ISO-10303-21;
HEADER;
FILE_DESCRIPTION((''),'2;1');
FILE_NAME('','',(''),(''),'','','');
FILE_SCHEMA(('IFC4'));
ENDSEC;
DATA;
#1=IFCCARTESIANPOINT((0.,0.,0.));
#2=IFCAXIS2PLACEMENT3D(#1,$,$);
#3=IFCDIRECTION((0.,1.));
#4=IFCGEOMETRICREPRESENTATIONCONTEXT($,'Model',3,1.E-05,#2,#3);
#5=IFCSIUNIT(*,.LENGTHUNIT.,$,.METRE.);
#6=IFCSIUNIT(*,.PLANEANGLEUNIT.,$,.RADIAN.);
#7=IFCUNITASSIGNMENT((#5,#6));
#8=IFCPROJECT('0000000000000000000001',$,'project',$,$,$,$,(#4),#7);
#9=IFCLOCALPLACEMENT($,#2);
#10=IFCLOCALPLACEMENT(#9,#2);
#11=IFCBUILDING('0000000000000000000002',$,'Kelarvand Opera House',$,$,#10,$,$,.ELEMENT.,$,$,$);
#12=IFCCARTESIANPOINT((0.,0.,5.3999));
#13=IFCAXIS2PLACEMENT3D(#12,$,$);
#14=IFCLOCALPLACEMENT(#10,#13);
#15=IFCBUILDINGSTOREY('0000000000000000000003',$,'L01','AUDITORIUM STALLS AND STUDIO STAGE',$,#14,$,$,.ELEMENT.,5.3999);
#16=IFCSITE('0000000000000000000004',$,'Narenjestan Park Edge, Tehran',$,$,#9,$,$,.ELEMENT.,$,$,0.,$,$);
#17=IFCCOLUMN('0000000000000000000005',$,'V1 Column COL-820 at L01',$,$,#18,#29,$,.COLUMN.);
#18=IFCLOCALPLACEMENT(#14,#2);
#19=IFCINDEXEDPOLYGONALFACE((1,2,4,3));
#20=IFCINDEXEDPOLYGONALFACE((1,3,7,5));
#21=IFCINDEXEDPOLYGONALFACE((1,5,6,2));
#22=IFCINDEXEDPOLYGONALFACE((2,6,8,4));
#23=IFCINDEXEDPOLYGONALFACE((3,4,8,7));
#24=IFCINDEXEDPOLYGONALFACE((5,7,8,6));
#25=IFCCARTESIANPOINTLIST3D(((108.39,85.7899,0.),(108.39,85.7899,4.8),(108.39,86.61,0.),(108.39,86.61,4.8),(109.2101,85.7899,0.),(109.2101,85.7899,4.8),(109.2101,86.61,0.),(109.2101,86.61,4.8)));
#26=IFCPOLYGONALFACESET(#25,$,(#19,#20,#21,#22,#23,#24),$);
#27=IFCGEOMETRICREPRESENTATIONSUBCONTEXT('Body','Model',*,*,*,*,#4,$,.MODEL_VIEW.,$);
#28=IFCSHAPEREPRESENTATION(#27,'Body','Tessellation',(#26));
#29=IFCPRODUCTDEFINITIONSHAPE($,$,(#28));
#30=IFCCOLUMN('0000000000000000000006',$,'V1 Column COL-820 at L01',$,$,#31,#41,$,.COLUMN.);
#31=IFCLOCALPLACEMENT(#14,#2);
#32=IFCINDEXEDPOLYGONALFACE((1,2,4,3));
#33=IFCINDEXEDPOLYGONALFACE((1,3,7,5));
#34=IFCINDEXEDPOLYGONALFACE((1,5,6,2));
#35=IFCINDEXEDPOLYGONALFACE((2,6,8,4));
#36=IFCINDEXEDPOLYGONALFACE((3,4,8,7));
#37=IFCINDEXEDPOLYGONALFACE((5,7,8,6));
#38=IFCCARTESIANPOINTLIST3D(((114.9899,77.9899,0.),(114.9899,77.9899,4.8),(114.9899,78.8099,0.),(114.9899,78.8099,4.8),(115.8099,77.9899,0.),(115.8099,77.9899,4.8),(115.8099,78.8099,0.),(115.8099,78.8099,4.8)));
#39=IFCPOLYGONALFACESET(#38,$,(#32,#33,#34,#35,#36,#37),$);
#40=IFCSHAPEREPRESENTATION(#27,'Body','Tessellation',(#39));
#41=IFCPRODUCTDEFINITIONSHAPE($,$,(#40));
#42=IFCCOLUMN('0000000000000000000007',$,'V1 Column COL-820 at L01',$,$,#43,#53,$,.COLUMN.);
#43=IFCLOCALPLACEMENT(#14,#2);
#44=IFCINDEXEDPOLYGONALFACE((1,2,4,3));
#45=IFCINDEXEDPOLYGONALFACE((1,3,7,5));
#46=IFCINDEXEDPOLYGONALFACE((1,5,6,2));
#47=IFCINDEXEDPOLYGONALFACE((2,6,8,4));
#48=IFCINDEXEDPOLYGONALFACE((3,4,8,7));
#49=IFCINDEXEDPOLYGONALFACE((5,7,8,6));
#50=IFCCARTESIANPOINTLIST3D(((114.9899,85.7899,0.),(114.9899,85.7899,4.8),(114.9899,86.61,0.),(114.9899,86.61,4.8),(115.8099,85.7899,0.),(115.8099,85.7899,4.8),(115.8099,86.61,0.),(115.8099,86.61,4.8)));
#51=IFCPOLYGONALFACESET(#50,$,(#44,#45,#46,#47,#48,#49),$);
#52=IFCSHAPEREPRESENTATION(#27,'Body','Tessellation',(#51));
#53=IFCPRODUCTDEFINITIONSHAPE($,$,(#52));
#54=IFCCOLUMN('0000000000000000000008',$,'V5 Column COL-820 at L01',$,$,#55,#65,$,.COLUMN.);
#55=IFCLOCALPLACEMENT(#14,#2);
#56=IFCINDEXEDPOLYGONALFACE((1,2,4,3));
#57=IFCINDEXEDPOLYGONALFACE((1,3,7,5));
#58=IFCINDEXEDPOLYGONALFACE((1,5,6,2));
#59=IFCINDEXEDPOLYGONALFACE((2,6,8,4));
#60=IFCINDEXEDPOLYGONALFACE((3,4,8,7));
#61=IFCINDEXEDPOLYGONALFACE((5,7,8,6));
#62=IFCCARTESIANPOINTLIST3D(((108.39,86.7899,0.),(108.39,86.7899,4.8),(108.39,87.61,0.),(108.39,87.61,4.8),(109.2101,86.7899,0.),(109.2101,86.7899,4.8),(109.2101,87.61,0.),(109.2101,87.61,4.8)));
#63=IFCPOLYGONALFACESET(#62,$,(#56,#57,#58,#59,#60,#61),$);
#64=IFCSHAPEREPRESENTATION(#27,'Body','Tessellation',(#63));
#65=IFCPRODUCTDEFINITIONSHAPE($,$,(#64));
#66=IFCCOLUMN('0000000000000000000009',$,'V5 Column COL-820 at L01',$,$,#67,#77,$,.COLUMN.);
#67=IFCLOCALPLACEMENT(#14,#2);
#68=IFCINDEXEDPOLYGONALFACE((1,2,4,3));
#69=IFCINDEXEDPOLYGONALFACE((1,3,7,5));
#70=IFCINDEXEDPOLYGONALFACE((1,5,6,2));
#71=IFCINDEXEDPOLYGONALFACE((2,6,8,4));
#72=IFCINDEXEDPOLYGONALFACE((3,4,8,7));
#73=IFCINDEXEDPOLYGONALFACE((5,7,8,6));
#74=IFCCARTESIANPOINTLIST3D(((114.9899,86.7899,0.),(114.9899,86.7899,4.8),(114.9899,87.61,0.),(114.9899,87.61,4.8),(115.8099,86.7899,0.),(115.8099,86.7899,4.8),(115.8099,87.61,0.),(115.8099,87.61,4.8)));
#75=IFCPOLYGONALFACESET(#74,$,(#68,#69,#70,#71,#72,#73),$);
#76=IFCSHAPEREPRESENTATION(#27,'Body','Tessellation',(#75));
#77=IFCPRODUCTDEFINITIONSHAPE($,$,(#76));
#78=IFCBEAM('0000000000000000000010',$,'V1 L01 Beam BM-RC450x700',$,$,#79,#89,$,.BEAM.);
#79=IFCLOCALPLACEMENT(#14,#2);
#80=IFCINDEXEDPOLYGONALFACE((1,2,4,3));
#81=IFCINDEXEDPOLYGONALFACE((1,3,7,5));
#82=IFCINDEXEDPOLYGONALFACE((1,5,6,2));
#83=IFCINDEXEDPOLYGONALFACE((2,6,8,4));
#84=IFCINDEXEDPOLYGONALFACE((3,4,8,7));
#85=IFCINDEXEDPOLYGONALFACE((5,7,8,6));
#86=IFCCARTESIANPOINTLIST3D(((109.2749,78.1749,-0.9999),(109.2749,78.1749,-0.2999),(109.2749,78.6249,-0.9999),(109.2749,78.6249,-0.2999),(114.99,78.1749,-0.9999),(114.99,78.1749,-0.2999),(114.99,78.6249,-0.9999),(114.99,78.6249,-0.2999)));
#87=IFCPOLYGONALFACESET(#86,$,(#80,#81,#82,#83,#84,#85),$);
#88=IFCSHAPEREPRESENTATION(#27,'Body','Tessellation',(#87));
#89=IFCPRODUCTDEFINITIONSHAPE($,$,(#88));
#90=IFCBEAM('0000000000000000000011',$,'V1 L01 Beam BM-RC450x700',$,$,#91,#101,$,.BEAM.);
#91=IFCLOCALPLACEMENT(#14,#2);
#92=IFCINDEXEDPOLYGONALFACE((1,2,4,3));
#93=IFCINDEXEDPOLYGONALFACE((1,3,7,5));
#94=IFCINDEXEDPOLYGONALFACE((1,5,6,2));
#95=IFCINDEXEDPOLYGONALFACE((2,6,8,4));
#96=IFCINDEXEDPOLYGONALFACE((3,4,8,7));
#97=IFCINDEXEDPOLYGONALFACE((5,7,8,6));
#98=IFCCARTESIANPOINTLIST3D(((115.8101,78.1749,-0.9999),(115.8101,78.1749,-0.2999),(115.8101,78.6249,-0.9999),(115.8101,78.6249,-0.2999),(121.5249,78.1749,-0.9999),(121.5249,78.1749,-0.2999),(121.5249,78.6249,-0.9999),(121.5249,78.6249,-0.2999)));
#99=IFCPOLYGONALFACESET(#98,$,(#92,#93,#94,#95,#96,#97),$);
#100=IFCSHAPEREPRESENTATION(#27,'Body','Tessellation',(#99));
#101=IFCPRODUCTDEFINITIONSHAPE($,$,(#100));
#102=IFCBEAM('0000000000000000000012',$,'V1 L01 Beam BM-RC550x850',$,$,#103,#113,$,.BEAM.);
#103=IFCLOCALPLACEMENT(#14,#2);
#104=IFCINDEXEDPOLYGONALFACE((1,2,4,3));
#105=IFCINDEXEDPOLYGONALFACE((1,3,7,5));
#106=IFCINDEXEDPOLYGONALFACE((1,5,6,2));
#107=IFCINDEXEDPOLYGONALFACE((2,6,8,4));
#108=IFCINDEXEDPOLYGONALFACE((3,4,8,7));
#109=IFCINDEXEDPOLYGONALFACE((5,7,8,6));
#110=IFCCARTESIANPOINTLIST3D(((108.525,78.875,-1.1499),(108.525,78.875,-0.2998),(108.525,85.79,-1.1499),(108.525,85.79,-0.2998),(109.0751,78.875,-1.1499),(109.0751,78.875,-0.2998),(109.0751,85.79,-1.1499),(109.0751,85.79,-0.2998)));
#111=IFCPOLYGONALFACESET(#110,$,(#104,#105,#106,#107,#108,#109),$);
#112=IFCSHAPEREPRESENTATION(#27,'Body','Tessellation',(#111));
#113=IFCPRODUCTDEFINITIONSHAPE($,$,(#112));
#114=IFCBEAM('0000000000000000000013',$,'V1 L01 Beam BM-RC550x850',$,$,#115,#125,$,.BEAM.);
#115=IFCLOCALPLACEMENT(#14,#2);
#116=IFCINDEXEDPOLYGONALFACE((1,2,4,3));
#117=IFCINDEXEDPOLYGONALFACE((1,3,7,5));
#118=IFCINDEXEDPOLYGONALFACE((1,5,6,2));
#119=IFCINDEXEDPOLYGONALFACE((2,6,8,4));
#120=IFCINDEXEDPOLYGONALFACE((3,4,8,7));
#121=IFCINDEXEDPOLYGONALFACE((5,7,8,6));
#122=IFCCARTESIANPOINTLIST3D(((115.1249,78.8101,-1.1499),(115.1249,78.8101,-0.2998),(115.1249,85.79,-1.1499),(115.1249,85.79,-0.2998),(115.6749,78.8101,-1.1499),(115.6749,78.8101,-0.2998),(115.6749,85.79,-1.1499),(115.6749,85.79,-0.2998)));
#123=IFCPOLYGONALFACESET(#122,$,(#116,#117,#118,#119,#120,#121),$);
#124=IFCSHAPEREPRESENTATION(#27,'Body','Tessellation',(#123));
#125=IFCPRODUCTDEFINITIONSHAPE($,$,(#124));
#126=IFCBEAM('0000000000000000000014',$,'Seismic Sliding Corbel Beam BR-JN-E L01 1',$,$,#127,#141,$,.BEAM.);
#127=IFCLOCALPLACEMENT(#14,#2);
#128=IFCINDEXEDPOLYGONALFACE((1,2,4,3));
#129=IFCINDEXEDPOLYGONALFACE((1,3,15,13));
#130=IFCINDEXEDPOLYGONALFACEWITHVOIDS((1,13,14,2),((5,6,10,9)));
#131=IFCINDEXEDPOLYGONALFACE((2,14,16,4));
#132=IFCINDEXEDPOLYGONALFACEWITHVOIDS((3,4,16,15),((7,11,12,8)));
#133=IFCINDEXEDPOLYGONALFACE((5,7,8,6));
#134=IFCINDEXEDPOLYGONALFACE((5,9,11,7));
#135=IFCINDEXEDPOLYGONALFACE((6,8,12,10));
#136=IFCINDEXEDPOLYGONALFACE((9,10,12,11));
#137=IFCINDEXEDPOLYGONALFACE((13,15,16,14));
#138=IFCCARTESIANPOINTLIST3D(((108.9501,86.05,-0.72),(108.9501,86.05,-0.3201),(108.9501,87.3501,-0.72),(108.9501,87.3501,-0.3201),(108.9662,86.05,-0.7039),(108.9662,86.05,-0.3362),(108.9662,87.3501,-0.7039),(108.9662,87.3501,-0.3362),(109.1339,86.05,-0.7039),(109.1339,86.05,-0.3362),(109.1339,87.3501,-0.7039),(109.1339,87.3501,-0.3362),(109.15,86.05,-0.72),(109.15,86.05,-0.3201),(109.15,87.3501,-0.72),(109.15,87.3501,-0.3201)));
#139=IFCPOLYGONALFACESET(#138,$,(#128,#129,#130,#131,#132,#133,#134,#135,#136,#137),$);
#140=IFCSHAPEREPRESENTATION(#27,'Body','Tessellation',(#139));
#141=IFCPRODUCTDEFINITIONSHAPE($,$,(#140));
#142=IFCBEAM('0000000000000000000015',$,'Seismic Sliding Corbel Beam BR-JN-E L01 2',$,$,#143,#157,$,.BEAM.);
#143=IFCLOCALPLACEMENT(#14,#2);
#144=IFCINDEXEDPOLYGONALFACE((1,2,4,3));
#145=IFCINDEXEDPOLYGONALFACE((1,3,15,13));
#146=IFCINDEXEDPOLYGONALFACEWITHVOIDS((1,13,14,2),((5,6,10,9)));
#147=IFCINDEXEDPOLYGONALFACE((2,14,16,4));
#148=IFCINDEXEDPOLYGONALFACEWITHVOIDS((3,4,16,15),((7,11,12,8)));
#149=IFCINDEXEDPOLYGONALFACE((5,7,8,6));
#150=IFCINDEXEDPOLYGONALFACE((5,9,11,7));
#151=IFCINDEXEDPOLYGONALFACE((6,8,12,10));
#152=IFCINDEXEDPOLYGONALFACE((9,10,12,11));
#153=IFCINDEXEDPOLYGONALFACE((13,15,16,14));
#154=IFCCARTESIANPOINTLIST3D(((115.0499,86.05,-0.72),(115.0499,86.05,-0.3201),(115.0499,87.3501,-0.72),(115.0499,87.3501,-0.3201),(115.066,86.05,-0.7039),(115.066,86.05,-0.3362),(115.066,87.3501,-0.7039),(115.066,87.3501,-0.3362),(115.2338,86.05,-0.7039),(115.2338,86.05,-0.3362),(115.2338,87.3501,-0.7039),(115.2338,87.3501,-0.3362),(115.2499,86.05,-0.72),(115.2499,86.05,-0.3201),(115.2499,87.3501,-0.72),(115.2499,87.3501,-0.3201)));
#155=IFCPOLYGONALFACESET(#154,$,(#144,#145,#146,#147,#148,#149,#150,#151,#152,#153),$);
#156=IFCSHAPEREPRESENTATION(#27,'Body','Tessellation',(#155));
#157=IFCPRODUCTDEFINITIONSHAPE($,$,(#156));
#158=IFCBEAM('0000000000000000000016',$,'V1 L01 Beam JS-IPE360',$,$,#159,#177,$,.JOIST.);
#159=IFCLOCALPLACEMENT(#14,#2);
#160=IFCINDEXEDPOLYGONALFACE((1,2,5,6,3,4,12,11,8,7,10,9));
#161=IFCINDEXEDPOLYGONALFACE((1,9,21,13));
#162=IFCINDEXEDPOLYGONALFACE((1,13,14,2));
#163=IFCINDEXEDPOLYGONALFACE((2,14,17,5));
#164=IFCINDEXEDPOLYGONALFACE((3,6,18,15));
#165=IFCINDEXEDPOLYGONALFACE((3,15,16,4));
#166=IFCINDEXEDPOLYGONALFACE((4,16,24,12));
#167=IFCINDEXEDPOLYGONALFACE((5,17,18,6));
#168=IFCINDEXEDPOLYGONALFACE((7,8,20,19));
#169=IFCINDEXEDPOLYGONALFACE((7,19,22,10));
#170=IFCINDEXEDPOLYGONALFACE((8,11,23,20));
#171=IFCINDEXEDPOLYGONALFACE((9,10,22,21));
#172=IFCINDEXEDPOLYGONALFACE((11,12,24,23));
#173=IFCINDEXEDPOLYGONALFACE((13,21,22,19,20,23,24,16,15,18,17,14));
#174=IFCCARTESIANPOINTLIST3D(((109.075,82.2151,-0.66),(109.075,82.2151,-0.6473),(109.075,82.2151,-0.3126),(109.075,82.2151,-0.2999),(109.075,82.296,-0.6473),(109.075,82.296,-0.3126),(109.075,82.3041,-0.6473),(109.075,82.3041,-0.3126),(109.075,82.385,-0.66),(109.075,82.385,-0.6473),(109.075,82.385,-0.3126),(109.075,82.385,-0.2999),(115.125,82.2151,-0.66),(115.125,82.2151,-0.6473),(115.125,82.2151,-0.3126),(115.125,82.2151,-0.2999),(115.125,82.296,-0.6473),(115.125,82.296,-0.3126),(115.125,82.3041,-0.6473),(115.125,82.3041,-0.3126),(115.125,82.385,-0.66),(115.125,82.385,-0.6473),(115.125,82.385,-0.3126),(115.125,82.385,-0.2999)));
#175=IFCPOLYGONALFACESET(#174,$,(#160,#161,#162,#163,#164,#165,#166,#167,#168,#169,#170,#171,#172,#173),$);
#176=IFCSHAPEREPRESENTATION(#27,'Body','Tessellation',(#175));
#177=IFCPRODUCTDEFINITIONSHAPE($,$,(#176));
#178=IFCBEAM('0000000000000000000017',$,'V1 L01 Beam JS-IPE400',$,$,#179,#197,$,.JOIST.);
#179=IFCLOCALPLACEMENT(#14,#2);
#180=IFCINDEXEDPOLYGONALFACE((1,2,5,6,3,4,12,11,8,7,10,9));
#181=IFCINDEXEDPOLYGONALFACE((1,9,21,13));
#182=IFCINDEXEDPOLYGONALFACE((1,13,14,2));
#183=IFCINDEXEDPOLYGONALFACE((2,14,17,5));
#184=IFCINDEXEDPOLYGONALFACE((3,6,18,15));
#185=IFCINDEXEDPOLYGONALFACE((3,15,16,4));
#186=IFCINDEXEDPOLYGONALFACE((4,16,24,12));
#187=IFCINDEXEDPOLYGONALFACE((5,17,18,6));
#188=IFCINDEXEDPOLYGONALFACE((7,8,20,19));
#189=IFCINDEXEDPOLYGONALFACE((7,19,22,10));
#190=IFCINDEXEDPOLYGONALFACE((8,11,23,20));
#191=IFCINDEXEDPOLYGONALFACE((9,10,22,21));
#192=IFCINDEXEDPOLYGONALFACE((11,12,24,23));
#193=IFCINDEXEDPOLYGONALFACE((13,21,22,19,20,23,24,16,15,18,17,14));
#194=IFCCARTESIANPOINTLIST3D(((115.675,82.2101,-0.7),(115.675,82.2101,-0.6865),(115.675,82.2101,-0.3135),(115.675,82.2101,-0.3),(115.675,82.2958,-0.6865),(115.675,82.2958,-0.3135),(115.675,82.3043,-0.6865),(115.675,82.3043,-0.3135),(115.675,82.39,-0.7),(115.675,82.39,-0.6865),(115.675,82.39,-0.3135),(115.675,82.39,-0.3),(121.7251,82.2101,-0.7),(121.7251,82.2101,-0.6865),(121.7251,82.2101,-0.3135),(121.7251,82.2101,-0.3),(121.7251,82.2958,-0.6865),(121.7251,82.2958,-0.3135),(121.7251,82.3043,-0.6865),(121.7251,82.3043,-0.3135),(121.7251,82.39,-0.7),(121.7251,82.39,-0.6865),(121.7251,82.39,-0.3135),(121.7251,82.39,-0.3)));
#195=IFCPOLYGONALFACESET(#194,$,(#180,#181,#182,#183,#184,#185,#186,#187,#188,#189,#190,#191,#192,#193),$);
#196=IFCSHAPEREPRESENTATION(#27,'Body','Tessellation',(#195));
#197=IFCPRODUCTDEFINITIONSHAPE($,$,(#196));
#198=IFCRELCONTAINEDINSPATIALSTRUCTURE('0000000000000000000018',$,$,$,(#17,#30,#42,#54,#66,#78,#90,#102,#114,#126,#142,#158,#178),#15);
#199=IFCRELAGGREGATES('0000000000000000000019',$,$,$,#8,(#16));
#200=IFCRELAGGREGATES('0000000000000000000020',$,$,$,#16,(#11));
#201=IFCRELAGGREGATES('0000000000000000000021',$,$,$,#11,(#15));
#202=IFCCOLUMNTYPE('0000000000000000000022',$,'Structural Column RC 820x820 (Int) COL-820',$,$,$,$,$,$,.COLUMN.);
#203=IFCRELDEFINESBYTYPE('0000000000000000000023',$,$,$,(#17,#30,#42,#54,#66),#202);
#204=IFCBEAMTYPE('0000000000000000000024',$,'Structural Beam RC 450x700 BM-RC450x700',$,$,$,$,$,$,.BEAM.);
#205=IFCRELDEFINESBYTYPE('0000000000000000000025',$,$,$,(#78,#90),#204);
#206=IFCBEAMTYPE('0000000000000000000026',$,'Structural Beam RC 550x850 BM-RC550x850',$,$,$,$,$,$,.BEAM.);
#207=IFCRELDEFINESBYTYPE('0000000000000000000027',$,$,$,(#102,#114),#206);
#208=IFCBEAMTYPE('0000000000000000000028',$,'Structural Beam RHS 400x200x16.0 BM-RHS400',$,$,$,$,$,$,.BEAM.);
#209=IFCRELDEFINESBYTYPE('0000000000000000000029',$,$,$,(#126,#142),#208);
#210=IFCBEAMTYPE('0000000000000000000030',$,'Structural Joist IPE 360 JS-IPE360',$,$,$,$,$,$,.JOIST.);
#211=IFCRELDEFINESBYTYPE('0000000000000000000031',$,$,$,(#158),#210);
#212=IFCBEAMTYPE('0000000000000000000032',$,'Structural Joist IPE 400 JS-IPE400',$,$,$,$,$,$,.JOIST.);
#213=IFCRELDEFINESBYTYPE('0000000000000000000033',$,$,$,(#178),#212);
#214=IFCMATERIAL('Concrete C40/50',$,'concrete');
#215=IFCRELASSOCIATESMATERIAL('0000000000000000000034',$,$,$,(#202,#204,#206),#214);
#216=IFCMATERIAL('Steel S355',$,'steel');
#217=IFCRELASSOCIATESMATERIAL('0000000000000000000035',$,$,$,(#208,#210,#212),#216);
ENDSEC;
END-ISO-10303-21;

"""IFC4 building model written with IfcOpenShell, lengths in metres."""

from ifc_helpers import new_model, si_unit, direction, frame, origin, origin_2d, place, context, subcontext, project, spatial, rectangle, hollow_rectangle, i_section, extrude, material, material_profile, profile_set, type_object, element, save


model = new_model("IFC4")

# Units and contexts
model_context = context("Model", 3, precision=1e-05, world=origin(), true_north=direction((0.0, 1.0)))
body_context = subcontext(model_context, "Body", "Model", "MODEL_VIEW")
ifc_project = project(units=[si_unit("LENGTHUNIT", "METRE"), si_unit("PLANEANGLEUNIT", "RADIAN")], contexts=[model_context])

# Site, building, storey
site_placement = place(None, origin())
site = spatial("IfcSite", under=ifc_project, at=site_placement, Name="Narenjestan Park Edge, Tehran", CompositionType="ELEMENT", RefElevation=0.0)
building_placement = place(site_placement, origin())
building = spatial("IfcBuilding", under=site, at=building_placement, Name="Kelarvand Opera House", CompositionType="ELEMENT")
storey_placement = place(building_placement, frame((0.0, 0.0, 5.3999)))
storey = spatial("IfcBuildingStorey", under=building, at=storey_placement, Name="L01", Description="AUDITORIUM STALLS AND STUDIO STAGE", CompositionType="ELEMENT", Elevation=5.3999)

# Columns
ifc_material_1 = material(Name="Concrete C40/50", Category="concrete")
ifc_material_profile_1 = material_profile(ifc_material_1, rectangle(XDim=0.8201, YDim=0.8201, at=origin_2d()), Name="RC 820x820", Category="concrete")
ifc_profile_set_1 = profile_set([ifc_material_profile_1], Name="Concrete C40/50")
column_type = type_object("IfcColumnType", Name="Structural Column RC 820x820 (Int) COL-820", PredefinedType="COLUMN", material=ifc_profile_set_1)
for number, where, z_axis, x_axis, name in (
    (1, (108.8, 86.2, 0.0), (0.0, 0.0, 1.0), (1.0, 0.0, 0.0), "V1 Column COL-820 at L01"),
    (2, (115.3999, 78.3999, 0.0), (0.0, 0.0, 1.0), (1.0, 0.0, 0.0), "V1 Column COL-820 at L01"),
    (3, (115.3999, 86.2, 0.0), (0.0, 0.0, 1.0), (1.0, 0.0, 0.0), "V1 Column COL-820 at L01"),
    (4, (108.8, 87.2, 0.0), (0.0, 0.0, 1.0), (1.0, 0.0, 0.0), "V5 Column COL-820 at L01"),
    (5, (115.3999, 87.2, 0.0), (0.0, 0.0, 1.0), (1.0, 0.0, 0.0), "V5 Column COL-820 at L01"),
):
    element("IfcColumn", number, at=place(storey_placement, frame(where, z_axis=z_axis, x_axis=x_axis)), inside=storey, type_object=column_type, Name=name, PredefinedType="COLUMN", context=body_context, shape_type="SweptSolid", body=[
        extrude(rectangle(XDim=0.8201, YDim=0.8201, at=origin_2d()), origin(), (0.0, 0.0, 1.0), 4.8),
    ])

# Beams
ifc_material_profile_2 = material_profile(ifc_material_1, rectangle(XDim=0.45, YDim=0.7, at=origin_2d()), Name="RC 450x700", Category="concrete")
ifc_profile_set_2 = profile_set([ifc_material_profile_2], Name="Concrete C40/50")
beam_type_1 = type_object("IfcBeamType", Name="Structural Beam RC 450x700 BM-RC450x700", PredefinedType="BEAM", material=ifc_profile_set_2)
beam_1_placement = place(storey_placement, frame((109.2749, 78.3999, -0.6499), z_axis=(1.0, 0.0, 0.0), x_axis=(0.0, 1.0, 0.0)))
element("IfcBeam", 6, at=beam_1_placement, inside=storey, type_object=beam_type_1, Name="V1 L01 Beam BM-RC450x700", PredefinedType="BEAM", context=body_context, shape_type="SweptSolid", body=[
    extrude(rectangle(XDim=0.45, YDim=0.7, at=origin_2d()), origin(), (0.0, 0.0, 1.0), 5.7151),
])
beam_2_placement = place(storey_placement, frame((115.8101, 78.3999, -0.6499), z_axis=(1.0, 0.0, 0.0), x_axis=(0.0, 1.0, 0.0)))
element("IfcBeam", 7, at=beam_2_placement, inside=storey, type_object=beam_type_1, Name="V1 L01 Beam BM-RC450x700", PredefinedType="BEAM", context=body_context, shape_type="SweptSolid", body=[
    extrude(rectangle(XDim=0.45, YDim=0.7, at=origin_2d()), origin(), (0.0, 0.0, 1.0), 5.7148),
])
ifc_material_profile_3 = material_profile(ifc_material_1, rectangle(XDim=0.55, YDim=0.8501, at=origin_2d()), Name="RC 550x850", Category="concrete")
ifc_profile_set_3 = profile_set([ifc_material_profile_3], Name="Concrete C40/50")
beam_type_2 = type_object("IfcBeamType", Name="Structural Beam RC 550x850 BM-RC550x850", PredefinedType="BEAM", material=ifc_profile_set_3)
beam_3_placement = place(storey_placement, frame((108.8, 78.875, -0.7249), z_axis=(0.0, 1.0, 0.0), x_axis=(-1.0, 0.0, 0.0)))
element("IfcBeam", 8, at=beam_3_placement, inside=storey, type_object=beam_type_2, Name="V1 L01 Beam BM-RC550x850", PredefinedType="BEAM", context=body_context, shape_type="SweptSolid", body=[
    extrude(rectangle(XDim=0.55, YDim=0.8501, at=origin_2d()), origin(), (0.0, 0.0, 1.0), 6.915),
])
beam_4_placement = place(storey_placement, frame((115.3999, 78.8101, -0.7249), z_axis=(0.0, 1.0, 0.0), x_axis=(-1.0, 0.0, 0.0)))
element("IfcBeam", 9, at=beam_4_placement, inside=storey, type_object=beam_type_2, Name="V1 L01 Beam BM-RC550x850", PredefinedType="BEAM", context=body_context, shape_type="SweptSolid", body=[
    extrude(rectangle(XDim=0.55, YDim=0.8501, at=origin_2d()), origin(), (0.0, 0.0, 1.0), 6.98),
])
ifc_material_2 = material(Name="Steel S355", Category="steel")
ifc_material_profile_4 = material_profile(ifc_material_2, hollow_rectangle(XDim=0.2, YDim=0.3999, WallThickness=0.0161, at=origin_2d()), Name="RHS 400x200x16.0", Category="steel")
ifc_profile_set_4 = profile_set([ifc_material_profile_4], Name="Steel S355")
beam_type_3 = type_object("IfcBeamType", Name="Structural Beam RHS 400x200x16.0 BM-RHS400", PredefinedType="BEAM", material=ifc_profile_set_4)
for number, where, z_axis, x_axis, name in (
    (10, (109.05, 86.05, -0.52), (0.0, 1.0, 0.0), (-1.0, 0.0, 0.0), "Seismic Sliding Corbel Beam BR-JN-E L01 1"),
    (11, (115.1499, 86.05, -0.52), (0.0, 1.0, 0.0), (-1.0, 0.0, 0.0), "Seismic Sliding Corbel Beam BR-JN-E L01 2"),
):
    element("IfcBeam", number, at=place(storey_placement, frame(where, z_axis=z_axis, x_axis=x_axis)), inside=storey, type_object=beam_type_3, Name=name, PredefinedType="BEAM", context=body_context, shape_type="SweptSolid", body=[
        extrude(hollow_rectangle(XDim=0.2, YDim=0.3999, WallThickness=0.0161, at=origin_2d()), origin(), (0.0, 0.0, 1.0), 1.3),
    ])
ifc_material_profile_5 = material_profile(ifc_material_2, i_section(OverallWidth=0.1699, OverallDepth=0.3601, WebThickness=0.0081, FlangeThickness=0.0127, at=origin_2d()), Name="IPE 360", Category="steel")
ifc_profile_set_5 = profile_set([ifc_material_profile_5], Name="Steel S355")
beam_type_4 = type_object("IfcBeamType", Name="Structural Joist IPE 360 JS-IPE360", PredefinedType="JOIST", material=ifc_profile_set_5)
beam_5_placement = place(storey_placement, frame((109.075, 82.3, -0.48), z_axis=(1.0, 0.0, 0.0), x_axis=(0.0, 1.0, 0.0)))
element("IfcBeam", 12, at=beam_5_placement, inside=storey, type_object=beam_type_4, Name="V1 L01 Beam JS-IPE360", PredefinedType="JOIST", context=body_context, shape_type="SweptSolid", body=[
    extrude(i_section(OverallWidth=0.1699, OverallDepth=0.3601, WebThickness=0.0081, FlangeThickness=0.0127, at=origin_2d()), origin(), (0.0, 0.0, 1.0), 6.05),
])
ifc_material_profile_6 = material_profile(ifc_material_2, i_section(OverallWidth=0.1799, OverallDepth=0.3999, WebThickness=0.0085, FlangeThickness=0.0134, at=origin_2d()), Name="IPE 400", Category="steel")
ifc_profile_set_6 = profile_set([ifc_material_profile_6], Name="Steel S355")
beam_type_5 = type_object("IfcBeamType", Name="Structural Joist IPE 400 JS-IPE400", PredefinedType="JOIST", material=ifc_profile_set_6)
beam_6_placement = place(storey_placement, frame((115.675, 82.3, -0.5), z_axis=(1.0, 0.0, 0.0), x_axis=(0.0, 1.0, 0.0)))
element("IfcBeam", 13, at=beam_6_placement, inside=storey, type_object=beam_type_5, Name="V1 L01 Beam JS-IPE400", PredefinedType="JOIST", context=body_context, shape_type="SweptSolid", body=[
    extrude(i_section(OverallWidth=0.1799, OverallDepth=0.3999, WebThickness=0.0085, FlangeThickness=0.0134, at=origin_2d()), origin(), (0.0, 0.0, 1.0), 6.05),
])

save(model, "model.ifc")
